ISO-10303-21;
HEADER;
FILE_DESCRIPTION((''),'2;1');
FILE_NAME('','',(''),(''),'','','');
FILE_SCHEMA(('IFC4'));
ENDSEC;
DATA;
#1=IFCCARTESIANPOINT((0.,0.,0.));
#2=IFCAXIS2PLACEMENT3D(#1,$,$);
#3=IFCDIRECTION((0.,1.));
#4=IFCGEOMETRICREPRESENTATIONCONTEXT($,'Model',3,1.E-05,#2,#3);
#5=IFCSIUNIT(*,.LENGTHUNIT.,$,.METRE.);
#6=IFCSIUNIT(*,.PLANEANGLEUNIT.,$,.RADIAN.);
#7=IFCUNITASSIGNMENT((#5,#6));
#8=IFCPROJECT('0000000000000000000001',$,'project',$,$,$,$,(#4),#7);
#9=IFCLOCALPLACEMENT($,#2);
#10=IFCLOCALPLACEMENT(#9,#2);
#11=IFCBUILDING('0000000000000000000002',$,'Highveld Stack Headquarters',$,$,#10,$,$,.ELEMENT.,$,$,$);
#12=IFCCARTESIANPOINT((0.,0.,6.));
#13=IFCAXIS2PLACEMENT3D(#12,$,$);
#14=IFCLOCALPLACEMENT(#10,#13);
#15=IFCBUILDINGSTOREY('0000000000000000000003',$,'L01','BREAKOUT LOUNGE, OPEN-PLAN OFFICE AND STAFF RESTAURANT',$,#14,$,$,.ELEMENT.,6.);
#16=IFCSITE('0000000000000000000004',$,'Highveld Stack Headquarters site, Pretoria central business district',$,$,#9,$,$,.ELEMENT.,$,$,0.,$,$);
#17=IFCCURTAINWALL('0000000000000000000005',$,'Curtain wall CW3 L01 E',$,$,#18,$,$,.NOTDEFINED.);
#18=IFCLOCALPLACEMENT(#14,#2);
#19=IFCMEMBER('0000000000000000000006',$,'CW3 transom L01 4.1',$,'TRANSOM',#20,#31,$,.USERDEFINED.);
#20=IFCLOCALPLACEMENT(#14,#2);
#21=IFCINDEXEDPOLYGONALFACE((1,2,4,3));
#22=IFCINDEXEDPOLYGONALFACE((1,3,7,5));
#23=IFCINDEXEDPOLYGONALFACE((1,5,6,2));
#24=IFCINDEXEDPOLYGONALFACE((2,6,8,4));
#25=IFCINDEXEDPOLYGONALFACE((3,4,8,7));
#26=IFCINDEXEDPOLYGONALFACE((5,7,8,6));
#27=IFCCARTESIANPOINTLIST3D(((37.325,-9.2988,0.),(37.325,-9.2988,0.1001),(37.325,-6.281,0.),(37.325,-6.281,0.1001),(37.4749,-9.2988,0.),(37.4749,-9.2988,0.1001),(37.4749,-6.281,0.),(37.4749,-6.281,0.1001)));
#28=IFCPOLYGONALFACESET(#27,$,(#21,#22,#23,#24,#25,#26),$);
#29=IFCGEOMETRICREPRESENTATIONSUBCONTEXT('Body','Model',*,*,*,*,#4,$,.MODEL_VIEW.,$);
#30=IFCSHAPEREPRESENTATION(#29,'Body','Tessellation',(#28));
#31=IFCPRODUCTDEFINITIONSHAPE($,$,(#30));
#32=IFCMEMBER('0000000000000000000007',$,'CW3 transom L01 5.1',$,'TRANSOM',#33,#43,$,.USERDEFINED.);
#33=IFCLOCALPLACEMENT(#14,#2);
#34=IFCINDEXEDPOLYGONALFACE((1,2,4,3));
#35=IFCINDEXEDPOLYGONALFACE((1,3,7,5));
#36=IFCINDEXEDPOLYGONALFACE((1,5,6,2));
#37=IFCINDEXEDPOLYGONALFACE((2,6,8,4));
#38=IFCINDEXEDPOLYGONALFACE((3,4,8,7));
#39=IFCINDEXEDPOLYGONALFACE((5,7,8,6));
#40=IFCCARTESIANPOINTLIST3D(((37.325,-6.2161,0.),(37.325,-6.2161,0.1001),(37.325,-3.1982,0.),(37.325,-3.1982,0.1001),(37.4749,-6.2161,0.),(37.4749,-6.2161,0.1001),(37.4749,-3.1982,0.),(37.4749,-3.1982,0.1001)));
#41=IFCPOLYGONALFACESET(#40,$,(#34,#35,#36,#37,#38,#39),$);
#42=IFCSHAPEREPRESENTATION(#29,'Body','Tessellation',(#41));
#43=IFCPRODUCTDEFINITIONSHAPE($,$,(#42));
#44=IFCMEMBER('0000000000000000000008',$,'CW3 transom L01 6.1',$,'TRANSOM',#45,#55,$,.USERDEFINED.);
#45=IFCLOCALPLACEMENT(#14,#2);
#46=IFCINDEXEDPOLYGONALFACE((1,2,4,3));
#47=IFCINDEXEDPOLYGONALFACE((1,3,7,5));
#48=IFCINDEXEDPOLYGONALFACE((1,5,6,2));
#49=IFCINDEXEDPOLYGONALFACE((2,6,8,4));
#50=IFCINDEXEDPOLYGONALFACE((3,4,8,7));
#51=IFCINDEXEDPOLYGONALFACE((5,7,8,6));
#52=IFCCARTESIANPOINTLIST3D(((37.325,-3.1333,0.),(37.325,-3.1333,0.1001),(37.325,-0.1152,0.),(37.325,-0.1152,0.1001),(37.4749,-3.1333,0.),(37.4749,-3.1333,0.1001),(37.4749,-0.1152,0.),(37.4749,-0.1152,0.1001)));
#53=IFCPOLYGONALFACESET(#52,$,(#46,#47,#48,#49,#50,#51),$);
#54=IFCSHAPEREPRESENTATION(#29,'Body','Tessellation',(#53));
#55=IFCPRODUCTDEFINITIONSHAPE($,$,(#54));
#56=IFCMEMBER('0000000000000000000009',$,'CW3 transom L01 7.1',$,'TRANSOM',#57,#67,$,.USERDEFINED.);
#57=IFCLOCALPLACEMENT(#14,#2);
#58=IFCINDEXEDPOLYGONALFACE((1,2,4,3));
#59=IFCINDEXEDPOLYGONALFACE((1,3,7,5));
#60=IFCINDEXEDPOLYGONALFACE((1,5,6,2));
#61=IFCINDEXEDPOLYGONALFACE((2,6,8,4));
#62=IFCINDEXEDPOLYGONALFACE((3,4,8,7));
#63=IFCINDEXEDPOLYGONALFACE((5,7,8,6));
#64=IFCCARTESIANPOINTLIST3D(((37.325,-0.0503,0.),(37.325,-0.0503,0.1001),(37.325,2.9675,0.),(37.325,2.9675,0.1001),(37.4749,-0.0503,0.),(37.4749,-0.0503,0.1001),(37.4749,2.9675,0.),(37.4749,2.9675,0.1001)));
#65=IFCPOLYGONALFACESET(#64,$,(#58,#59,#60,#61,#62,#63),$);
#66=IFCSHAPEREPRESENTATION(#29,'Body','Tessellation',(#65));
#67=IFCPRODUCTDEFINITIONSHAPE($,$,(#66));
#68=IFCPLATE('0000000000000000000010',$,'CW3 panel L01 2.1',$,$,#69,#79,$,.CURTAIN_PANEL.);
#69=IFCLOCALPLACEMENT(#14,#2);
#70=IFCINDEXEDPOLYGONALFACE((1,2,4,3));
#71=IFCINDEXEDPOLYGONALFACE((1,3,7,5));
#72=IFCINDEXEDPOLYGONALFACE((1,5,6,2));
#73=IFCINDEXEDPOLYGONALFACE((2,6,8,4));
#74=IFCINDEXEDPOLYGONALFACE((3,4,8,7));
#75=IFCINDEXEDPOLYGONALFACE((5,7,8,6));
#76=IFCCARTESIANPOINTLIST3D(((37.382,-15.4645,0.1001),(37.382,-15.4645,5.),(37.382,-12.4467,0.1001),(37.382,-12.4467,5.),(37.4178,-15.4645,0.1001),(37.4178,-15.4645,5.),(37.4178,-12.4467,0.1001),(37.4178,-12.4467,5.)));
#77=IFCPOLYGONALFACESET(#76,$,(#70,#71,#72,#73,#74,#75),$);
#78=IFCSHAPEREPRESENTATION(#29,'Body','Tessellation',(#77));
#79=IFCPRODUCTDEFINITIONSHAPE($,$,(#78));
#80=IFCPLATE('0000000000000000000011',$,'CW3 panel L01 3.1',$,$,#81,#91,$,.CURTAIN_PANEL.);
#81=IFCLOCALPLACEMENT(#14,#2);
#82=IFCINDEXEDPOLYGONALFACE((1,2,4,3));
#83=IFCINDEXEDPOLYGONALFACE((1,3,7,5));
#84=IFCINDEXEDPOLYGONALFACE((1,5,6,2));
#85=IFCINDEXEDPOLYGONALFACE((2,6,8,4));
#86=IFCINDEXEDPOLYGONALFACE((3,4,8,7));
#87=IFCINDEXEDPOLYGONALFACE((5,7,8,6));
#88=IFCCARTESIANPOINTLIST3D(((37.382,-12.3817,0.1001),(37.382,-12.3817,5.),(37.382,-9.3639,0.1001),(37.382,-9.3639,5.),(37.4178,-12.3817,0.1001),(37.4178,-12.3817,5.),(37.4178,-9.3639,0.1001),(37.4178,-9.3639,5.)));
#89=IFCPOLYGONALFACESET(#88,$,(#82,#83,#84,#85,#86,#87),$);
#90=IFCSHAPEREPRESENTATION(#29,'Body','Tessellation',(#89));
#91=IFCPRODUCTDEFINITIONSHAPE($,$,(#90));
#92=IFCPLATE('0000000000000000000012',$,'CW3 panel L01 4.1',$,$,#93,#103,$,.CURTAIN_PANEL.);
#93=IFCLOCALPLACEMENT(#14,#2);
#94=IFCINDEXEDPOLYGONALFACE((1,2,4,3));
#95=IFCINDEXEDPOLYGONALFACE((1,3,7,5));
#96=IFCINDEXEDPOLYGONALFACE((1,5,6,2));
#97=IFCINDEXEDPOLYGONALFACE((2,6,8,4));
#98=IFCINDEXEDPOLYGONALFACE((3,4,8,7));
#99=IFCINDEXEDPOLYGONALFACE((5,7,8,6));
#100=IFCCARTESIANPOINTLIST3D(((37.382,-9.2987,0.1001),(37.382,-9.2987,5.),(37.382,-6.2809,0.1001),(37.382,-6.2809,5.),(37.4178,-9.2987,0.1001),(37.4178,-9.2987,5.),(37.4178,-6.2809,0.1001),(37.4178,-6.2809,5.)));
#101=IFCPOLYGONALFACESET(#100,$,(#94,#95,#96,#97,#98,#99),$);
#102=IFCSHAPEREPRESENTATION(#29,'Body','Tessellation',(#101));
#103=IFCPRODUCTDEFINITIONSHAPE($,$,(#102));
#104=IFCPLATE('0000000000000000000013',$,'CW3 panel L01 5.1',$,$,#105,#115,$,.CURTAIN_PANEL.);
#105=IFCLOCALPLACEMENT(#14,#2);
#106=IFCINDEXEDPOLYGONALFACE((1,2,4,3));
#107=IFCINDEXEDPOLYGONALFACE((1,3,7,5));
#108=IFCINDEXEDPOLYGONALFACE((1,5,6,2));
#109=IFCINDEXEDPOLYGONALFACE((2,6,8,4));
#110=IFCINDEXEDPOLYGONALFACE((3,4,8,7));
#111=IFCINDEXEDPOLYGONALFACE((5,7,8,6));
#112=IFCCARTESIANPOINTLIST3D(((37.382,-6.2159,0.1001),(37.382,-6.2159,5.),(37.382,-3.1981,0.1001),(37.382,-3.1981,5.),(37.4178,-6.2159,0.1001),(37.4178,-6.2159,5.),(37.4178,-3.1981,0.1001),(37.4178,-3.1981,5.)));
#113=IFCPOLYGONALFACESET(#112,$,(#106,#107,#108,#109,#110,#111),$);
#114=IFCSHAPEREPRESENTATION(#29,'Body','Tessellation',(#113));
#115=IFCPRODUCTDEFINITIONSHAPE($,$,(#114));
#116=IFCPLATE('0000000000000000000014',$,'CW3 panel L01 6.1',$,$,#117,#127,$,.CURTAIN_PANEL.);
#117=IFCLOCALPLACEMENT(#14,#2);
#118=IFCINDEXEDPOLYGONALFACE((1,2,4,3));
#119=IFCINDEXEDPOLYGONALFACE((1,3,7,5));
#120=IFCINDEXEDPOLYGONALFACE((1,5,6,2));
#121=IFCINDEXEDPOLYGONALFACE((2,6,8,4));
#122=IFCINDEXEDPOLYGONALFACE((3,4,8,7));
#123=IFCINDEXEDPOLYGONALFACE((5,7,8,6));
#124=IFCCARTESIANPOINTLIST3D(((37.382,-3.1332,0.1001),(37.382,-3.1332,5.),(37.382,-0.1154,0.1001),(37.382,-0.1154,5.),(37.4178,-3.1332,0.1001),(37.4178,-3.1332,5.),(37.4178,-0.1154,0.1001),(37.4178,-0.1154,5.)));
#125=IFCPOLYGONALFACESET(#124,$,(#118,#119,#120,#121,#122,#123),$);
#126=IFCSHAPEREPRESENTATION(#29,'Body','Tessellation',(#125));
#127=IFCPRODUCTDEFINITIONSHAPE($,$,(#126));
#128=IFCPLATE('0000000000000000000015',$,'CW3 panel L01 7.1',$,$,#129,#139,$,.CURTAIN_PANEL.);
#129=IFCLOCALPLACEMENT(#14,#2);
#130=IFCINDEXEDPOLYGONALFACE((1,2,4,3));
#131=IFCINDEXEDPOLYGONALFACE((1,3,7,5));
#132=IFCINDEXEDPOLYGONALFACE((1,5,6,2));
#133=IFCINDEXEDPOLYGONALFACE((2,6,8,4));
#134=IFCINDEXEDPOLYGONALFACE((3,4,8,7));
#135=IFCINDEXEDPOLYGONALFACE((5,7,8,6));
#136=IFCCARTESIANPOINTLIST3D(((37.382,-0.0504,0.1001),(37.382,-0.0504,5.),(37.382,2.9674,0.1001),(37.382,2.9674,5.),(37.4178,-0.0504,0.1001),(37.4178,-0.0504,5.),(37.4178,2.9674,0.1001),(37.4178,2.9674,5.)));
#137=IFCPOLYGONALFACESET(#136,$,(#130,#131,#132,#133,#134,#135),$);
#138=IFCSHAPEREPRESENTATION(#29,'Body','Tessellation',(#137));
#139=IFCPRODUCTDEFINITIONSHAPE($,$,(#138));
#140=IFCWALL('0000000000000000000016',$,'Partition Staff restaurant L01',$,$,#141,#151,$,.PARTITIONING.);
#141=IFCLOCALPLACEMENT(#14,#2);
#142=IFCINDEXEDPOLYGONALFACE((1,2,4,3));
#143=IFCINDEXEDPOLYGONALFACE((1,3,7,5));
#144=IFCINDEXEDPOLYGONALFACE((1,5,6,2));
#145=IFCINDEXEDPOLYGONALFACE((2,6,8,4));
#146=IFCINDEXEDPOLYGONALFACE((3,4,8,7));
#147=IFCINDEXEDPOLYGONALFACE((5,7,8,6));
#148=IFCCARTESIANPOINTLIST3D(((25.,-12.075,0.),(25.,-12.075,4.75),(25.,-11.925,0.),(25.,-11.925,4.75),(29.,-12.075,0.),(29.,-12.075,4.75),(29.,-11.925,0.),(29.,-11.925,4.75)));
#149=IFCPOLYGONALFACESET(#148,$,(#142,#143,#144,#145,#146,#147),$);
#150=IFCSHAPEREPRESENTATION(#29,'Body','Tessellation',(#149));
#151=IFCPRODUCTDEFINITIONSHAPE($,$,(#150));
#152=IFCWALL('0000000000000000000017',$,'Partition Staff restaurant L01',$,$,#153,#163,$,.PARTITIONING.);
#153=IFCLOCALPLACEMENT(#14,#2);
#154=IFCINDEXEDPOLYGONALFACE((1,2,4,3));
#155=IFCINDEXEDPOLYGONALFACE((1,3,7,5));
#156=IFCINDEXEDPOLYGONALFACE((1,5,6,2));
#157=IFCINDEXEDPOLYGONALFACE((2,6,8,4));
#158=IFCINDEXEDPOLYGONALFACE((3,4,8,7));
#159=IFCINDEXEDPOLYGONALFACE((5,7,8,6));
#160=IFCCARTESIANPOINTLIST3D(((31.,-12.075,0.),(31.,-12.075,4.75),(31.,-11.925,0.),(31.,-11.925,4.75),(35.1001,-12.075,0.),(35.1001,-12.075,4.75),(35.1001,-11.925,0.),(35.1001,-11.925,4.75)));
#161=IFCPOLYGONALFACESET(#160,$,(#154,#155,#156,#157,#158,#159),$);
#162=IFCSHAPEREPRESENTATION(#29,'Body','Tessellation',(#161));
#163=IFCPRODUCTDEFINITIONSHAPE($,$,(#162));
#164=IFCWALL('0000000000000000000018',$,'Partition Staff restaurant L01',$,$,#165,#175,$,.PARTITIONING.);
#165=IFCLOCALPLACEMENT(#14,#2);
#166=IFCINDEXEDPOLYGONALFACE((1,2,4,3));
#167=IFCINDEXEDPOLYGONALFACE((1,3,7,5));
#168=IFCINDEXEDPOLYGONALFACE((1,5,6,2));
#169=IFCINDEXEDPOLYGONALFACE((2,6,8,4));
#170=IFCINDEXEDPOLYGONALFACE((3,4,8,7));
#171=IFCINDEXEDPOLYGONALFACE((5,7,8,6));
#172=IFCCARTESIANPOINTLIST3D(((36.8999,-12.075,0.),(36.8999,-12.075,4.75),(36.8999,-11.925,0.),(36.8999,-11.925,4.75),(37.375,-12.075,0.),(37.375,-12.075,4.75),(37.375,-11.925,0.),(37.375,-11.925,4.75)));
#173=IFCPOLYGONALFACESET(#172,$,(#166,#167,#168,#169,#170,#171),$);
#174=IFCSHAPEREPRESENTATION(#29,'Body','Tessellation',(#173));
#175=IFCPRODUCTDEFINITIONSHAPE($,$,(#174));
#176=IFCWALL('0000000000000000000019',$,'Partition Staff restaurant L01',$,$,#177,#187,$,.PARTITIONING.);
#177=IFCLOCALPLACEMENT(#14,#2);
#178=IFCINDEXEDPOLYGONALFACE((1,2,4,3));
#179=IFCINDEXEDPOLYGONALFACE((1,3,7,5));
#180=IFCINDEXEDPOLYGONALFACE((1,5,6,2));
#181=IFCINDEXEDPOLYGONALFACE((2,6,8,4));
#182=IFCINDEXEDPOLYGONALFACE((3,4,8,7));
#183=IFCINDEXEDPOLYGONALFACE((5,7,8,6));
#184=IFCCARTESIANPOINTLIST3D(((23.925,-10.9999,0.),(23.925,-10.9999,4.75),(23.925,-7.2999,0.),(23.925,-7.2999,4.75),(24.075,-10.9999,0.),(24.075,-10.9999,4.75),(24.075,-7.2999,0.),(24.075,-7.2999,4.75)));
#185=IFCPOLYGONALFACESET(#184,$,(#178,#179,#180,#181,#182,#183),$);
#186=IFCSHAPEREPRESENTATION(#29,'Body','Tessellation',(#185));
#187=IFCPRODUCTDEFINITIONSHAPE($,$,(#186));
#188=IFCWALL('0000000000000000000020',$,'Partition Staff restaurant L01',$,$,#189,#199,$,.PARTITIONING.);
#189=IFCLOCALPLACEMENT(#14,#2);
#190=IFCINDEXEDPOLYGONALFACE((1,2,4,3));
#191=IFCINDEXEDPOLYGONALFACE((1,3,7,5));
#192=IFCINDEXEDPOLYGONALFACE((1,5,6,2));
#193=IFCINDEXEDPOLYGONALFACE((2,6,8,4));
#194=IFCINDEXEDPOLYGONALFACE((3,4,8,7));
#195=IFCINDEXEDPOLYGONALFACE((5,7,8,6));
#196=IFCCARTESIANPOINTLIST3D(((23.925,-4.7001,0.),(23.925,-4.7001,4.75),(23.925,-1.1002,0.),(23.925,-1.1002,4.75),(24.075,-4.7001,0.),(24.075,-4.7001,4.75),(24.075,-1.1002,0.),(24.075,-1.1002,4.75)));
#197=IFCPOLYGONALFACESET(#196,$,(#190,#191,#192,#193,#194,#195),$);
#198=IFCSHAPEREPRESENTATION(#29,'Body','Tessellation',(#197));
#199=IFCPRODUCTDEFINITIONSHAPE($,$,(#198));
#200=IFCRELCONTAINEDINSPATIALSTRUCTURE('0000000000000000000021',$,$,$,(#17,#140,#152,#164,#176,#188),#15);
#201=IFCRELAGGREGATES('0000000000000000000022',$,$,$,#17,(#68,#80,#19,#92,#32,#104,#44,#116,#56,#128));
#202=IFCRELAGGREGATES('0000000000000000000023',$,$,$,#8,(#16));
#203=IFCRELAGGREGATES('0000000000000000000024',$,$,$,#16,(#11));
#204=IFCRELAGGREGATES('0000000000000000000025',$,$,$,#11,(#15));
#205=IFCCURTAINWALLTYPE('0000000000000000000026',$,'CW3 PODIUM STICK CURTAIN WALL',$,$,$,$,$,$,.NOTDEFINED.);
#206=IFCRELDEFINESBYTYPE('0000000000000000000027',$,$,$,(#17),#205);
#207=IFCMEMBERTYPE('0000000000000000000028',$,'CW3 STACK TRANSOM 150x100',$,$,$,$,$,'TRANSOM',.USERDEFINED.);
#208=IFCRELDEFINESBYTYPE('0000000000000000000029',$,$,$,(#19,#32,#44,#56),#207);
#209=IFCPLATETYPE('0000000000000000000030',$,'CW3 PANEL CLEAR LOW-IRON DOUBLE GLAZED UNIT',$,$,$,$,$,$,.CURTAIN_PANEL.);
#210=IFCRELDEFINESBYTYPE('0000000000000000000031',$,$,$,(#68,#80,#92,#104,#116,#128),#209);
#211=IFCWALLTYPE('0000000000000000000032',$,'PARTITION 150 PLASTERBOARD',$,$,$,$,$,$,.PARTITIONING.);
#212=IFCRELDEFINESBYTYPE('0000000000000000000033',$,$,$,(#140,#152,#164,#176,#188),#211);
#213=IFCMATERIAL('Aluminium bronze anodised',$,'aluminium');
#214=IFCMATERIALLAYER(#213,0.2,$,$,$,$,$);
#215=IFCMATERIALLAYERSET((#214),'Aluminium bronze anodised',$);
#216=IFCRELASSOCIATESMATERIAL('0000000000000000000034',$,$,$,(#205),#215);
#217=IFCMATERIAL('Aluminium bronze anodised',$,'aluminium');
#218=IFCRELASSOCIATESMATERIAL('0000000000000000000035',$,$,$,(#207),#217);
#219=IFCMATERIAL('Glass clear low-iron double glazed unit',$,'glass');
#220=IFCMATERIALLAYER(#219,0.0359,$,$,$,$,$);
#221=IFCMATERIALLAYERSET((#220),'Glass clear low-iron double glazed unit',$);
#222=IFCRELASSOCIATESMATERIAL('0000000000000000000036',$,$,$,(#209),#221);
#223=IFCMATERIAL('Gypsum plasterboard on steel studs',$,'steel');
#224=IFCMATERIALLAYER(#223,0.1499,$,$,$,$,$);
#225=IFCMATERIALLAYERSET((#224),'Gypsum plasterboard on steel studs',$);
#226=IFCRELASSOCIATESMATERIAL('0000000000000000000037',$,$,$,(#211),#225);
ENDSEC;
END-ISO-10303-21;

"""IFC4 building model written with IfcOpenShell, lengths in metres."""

from ifc_helpers import new_model, si_unit, direction, frame, frame_2d, origin, origin_2d, place, context, subcontext, project, spatial, rectangle, extrude, material, layer, layer_set, material_profile, profile_set, type_object, element, aggregate, save


model = new_model("IFC4")

# Units and contexts
model_context = context("Model", 3, precision=1e-05, world=origin(), true_north=direction((0.0, 1.0)))
body_context = subcontext(model_context, "Body", "Model", "MODEL_VIEW")
ifc_project = project(units=[si_unit("LENGTHUNIT", "METRE"), si_unit("PLANEANGLEUNIT", "RADIAN")], contexts=[model_context])

# Site, building, storey
site_placement = place(None, origin())
site = spatial("IfcSite", under=ifc_project, at=site_placement, Name="Highveld Stack Headquarters site, Pretoria central business district", CompositionType="ELEMENT", RefElevation=0.0)
building_placement = place(site_placement, origin())
building = spatial("IfcBuilding", under=site, at=building_placement, Name="Highveld Stack Headquarters", CompositionType="ELEMENT")
storey_placement = place(building_placement, frame((0.0, 0.0, 6.0)))
storey = spatial("IfcBuildingStorey", under=building, at=storey_placement, Name="L01", Description="BREAKOUT LOUNGE, OPEN-PLAN OFFICE AND STAFF RESTAURANT", CompositionType="ELEMENT", Elevation=6.0)

# Curtain wall, members, plates
ifc_material_1 = material(Name="Aluminium bronze anodised", Category="aluminium")
ifc_layer_1 = layer(ifc_material_1, 0.2)
ifc_layer_set_1 = layer_set([ifc_layer_1], Name="Aluminium bronze anodised")
curtain_wall_type = type_object("IfcCurtainWallType", Name="CW3 PODIUM STICK CURTAIN WALL", PredefinedType="NOTDEFINED", material=ifc_layer_set_1)
curtain_wall_placement = place(storey_placement, origin())
curtain_wall = element("IfcCurtainWall", 1, at=curtain_wall_placement, inside=storey, type_object=curtain_wall_type, Name="Curtain wall CW3 L01 E", PredefinedType="NOTDEFINED")
ifc_material_2 = material(Name="Aluminium bronze anodised", Category="aluminium")
ifc_material_profile_1 = material_profile(ifc_material_2, rectangle(XDim=0.1499, YDim=0.1001, at=origin_2d()), Name="CW3 TRANSOM 150x100")
ifc_profile_set_1 = profile_set([ifc_material_profile_1], Name="Aluminium bronze anodised")
member_type_1 = type_object("IfcMemberType", Name="CW3 STACK TRANSOM 150x100", ElementType="TRANSOM", PredefinedType="USERDEFINED", material=ifc_profile_set_1)
member_1_placement = place(storey_placement, frame((37.3999, -9.2988, 0.05), z_axis=(0.0, 1.0, 0.0), x_axis=(-1.0, 0.0, 0.0)))
member_1 = element("IfcMember", 2, at=member_1_placement, type_object=member_type_1, Name="CW3 transom L01 4.1", ObjectType="TRANSOM", PredefinedType="USERDEFINED", context=body_context, shape_type="SweptSolid", body=[
    extrude(rectangle(XDim=0.1499, YDim=0.1001, at=origin_2d()), origin(), (0.0, 0.0, 1.0), 3.0178),
])
member_2_placement = place(storey_placement, frame((37.3999, -6.2161, 0.05), z_axis=(0.0, 1.0, 0.0), x_axis=(-1.0, 0.0, 0.0)))
member_2 = element("IfcMember", 3, at=member_2_placement, type_object=member_type_1, Name="CW3 transom L01 5.1", ObjectType="TRANSOM", PredefinedType="USERDEFINED", context=body_context, shape_type="SweptSolid", body=[
    extrude(rectangle(XDim=0.1499, YDim=0.1001, at=origin_2d()), origin(), (0.0, 0.0, 1.0), 3.0178),
])
member_3_placement = place(storey_placement, frame((37.3999, -3.1333, 0.05), z_axis=(0.0, 1.0, 0.0), x_axis=(-1.0, 0.0, 0.0)))
member_3 = element("IfcMember", 4, at=member_3_placement, type_object=member_type_1, Name="CW3 transom L01 6.1", ObjectType="TRANSOM", PredefinedType="USERDEFINED", context=body_context, shape_type="SweptSolid", body=[
    extrude(rectangle(XDim=0.1499, YDim=0.1001, at=origin_2d()), origin(), (0.0, 0.0, 1.0), 3.0181),
])
member_4_placement = place(storey_placement, frame((37.3999, -0.0503, 0.05), z_axis=(0.0, 1.0, 0.0), x_axis=(-1.0, 0.0, 0.0)))
member_4 = element("IfcMember", 5, at=member_4_placement, type_object=member_type_1, Name="CW3 transom L01 7.1", ObjectType="TRANSOM", PredefinedType="USERDEFINED", context=body_context, shape_type="SweptSolid", body=[
    extrude(rectangle(XDim=0.1499, YDim=0.1001, at=origin_2d()), origin(), (0.0, 0.0, 1.0), 3.0178),
])
ifc_material_3 = material(Name="Glass clear low-iron double glazed unit", Category="glass")
ifc_layer_2 = layer(ifc_material_3, 0.0359)
ifc_layer_set_2 = layer_set([ifc_layer_2], Name="Glass clear low-iron double glazed unit")
plate_type = type_object("IfcPlateType", Name="CW3 PANEL CLEAR LOW-IRON DOUBLE GLAZED UNIT", PredefinedType="CURTAIN_PANEL", material=ifc_layer_set_2)
plate_1_placement = place(storey_placement, frame((37.3999, -13.9556, 0.1001), z_axis=(0.0, 0.0, 1.0), x_axis=(0.0, 1.0, 0.0)))
plate_1 = element("IfcPlate", 6, at=plate_1_placement, type_object=plate_type, Name="CW3 panel L01 2.1", PredefinedType="CURTAIN_PANEL", context=body_context, shape_type="SweptSolid", body=[
    extrude(rectangle(XDim=3.0178, YDim=0.0359, at=origin_2d()), origin(), (0.0, 0.0, 1.0), 4.8999),
])
plate_2_placement = place(storey_placement, frame((37.3999, -10.8728, 0.1001), z_axis=(0.0, 0.0, 1.0), x_axis=(0.0, 1.0, 0.0)))
plate_2 = element("IfcPlate", 7, at=plate_2_placement, type_object=plate_type, Name="CW3 panel L01 3.1", PredefinedType="CURTAIN_PANEL", context=body_context, shape_type="SweptSolid", body=[
    extrude(rectangle(XDim=3.0178, YDim=0.0359, at=origin_2d()), origin(), (0.0, 0.0, 1.0), 4.8999),
])
plate_3_placement = place(storey_placement, frame((37.3999, -7.7898, 0.1001), z_axis=(0.0, 0.0, 1.0), x_axis=(0.0, 1.0, 0.0)))
plate_3 = element("IfcPlate", 8, at=plate_3_placement, type_object=plate_type, Name="CW3 panel L01 4.1", PredefinedType="CURTAIN_PANEL", context=body_context, shape_type="SweptSolid", body=[
    extrude(rectangle(XDim=3.0178, YDim=0.0359, at=origin_2d()), origin(), (0.0, 0.0, 1.0), 4.8999),
])
plate_4_placement = place(storey_placement, frame((37.3999, -4.707, 0.1001), z_axis=(0.0, 0.0, 1.0), x_axis=(0.0, 1.0, 0.0)))
plate_4 = element("IfcPlate", 9, at=plate_4_placement, type_object=plate_type, Name="CW3 panel L01 5.1", PredefinedType="CURTAIN_PANEL", context=body_context, shape_type="SweptSolid", body=[
    extrude(rectangle(XDim=3.0178, YDim=0.0359, at=origin_2d()), origin(), (0.0, 0.0, 1.0), 4.8999),
])
plate_5_placement = place(storey_placement, frame((37.3999, -1.6243, 0.1001), z_axis=(0.0, 0.0, 1.0), x_axis=(0.0, 1.0, 0.0)))
plate_5 = element("IfcPlate", 10, at=plate_5_placement, type_object=plate_type, Name="CW3 panel L01 6.1", PredefinedType="CURTAIN_PANEL", context=body_context, shape_type="SweptSolid", body=[
    extrude(rectangle(XDim=3.0178, YDim=0.0359, at=origin_2d()), origin(), (0.0, 0.0, 1.0), 4.8999),
])
plate_6_placement = place(storey_placement, frame((37.3999, 1.4585, 0.1001), z_axis=(0.0, 0.0, 1.0), x_axis=(0.0, 1.0, 0.0)))
plate_6 = element("IfcPlate", 11, at=plate_6_placement, type_object=plate_type, Name="CW3 panel L01 7.1", PredefinedType="CURTAIN_PANEL", context=body_context, shape_type="SweptSolid", body=[
    extrude(rectangle(XDim=3.0178, YDim=0.0359, at=origin_2d()), origin(), (0.0, 0.0, 1.0), 4.8999),
])
aggregate(curtain_wall, [plate_1, plate_2, member_1, plate_3, member_2, plate_4, member_3, plate_5, member_4, plate_6])

# Walls
ifc_material_4 = material(Name="Gypsum plasterboard on steel studs", Category="steel")
ifc_layer_3 = layer(ifc_material_4, 0.1499)
ifc_layer_set_3 = layer_set([ifc_layer_3], Name="Gypsum plasterboard on steel studs")
wall_type = type_object("IfcWallType", Name="PARTITION 150 PLASTERBOARD", PredefinedType="PARTITIONING", material=ifc_layer_set_3)
wall_1_placement = place(storey_placement, frame((25.0, -12.0, 0.0), z_axis=(0.0, 0.0, 1.0), x_axis=(1.0, 0.0, 0.0)))
element("IfcWall", 12, at=wall_1_placement, inside=storey, type_object=wall_type, Name="Partition Staff restaurant L01", PredefinedType="PARTITIONING", context=body_context, shape_type="SweptSolid", body=[
    extrude(rectangle(XDim=4.0, YDim=0.1499, at=frame_2d((2.0, 0.0))), origin(), (0.0, 0.0, 1.0), 4.75),
])
wall_2_placement = place(storey_placement, frame((31.0, -12.0, 0.0), z_axis=(0.0, 0.0, 1.0), x_axis=(1.0, 0.0, 0.0)))
element("IfcWall", 13, at=wall_2_placement, inside=storey, type_object=wall_type, Name="Partition Staff restaurant L01", PredefinedType="PARTITIONING", context=body_context, shape_type="SweptSolid", body=[
    extrude(rectangle(XDim=4.1001, YDim=0.1499, at=frame_2d((2.05, 0.0))), origin(), (0.0, 0.0, 1.0), 4.75),
])
wall_3_placement = place(storey_placement, frame((36.8999, -12.0, 0.0), z_axis=(0.0, 0.0, 1.0), x_axis=(1.0, 0.0, 0.0)))
element("IfcWall", 14, at=wall_3_placement, inside=storey, type_object=wall_type, Name="Partition Staff restaurant L01", PredefinedType="PARTITIONING", context=body_context, shape_type="SweptSolid", body=[
    extrude(rectangle(XDim=0.4751, YDim=0.1499, at=frame_2d((0.2375, 0.0))), origin(), (0.0, 0.0, 1.0), 4.75),
])
wall_4_placement = place(storey_placement, frame((24.0, -11.0, 0.0), z_axis=(0.0, 0.0, 1.0), x_axis=(0.0, 1.0, 0.0)))
element("IfcWall", 15, at=wall_4_placement, inside=storey, type_object=wall_type, Name="Partition Staff restaurant L01", PredefinedType="PARTITIONING", context=body_context, shape_type="SweptSolid", body=[
    extrude(rectangle(XDim=3.7, YDim=0.1499, at=frame_2d((1.8501, 0.0))), origin(), (0.0, 0.0, 1.0), 4.75),
])
wall_5_placement = place(storey_placement, frame((24.0, -4.7, 0.0), z_axis=(0.0, 0.0, 1.0), x_axis=(0.0, 1.0, 0.0)))
element("IfcWall", 16, at=wall_5_placement, inside=storey, type_object=wall_type, Name="Partition Staff restaurant L01", PredefinedType="PARTITIONING", context=body_context, shape_type="SweptSolid", body=[
    extrude(rectangle(XDim=3.5999, YDim=0.1499, at=frame_2d((1.7998, 0.0))), origin(), (0.0, 0.0, 1.0), 4.75),
])

save(model, "model.ifc")
